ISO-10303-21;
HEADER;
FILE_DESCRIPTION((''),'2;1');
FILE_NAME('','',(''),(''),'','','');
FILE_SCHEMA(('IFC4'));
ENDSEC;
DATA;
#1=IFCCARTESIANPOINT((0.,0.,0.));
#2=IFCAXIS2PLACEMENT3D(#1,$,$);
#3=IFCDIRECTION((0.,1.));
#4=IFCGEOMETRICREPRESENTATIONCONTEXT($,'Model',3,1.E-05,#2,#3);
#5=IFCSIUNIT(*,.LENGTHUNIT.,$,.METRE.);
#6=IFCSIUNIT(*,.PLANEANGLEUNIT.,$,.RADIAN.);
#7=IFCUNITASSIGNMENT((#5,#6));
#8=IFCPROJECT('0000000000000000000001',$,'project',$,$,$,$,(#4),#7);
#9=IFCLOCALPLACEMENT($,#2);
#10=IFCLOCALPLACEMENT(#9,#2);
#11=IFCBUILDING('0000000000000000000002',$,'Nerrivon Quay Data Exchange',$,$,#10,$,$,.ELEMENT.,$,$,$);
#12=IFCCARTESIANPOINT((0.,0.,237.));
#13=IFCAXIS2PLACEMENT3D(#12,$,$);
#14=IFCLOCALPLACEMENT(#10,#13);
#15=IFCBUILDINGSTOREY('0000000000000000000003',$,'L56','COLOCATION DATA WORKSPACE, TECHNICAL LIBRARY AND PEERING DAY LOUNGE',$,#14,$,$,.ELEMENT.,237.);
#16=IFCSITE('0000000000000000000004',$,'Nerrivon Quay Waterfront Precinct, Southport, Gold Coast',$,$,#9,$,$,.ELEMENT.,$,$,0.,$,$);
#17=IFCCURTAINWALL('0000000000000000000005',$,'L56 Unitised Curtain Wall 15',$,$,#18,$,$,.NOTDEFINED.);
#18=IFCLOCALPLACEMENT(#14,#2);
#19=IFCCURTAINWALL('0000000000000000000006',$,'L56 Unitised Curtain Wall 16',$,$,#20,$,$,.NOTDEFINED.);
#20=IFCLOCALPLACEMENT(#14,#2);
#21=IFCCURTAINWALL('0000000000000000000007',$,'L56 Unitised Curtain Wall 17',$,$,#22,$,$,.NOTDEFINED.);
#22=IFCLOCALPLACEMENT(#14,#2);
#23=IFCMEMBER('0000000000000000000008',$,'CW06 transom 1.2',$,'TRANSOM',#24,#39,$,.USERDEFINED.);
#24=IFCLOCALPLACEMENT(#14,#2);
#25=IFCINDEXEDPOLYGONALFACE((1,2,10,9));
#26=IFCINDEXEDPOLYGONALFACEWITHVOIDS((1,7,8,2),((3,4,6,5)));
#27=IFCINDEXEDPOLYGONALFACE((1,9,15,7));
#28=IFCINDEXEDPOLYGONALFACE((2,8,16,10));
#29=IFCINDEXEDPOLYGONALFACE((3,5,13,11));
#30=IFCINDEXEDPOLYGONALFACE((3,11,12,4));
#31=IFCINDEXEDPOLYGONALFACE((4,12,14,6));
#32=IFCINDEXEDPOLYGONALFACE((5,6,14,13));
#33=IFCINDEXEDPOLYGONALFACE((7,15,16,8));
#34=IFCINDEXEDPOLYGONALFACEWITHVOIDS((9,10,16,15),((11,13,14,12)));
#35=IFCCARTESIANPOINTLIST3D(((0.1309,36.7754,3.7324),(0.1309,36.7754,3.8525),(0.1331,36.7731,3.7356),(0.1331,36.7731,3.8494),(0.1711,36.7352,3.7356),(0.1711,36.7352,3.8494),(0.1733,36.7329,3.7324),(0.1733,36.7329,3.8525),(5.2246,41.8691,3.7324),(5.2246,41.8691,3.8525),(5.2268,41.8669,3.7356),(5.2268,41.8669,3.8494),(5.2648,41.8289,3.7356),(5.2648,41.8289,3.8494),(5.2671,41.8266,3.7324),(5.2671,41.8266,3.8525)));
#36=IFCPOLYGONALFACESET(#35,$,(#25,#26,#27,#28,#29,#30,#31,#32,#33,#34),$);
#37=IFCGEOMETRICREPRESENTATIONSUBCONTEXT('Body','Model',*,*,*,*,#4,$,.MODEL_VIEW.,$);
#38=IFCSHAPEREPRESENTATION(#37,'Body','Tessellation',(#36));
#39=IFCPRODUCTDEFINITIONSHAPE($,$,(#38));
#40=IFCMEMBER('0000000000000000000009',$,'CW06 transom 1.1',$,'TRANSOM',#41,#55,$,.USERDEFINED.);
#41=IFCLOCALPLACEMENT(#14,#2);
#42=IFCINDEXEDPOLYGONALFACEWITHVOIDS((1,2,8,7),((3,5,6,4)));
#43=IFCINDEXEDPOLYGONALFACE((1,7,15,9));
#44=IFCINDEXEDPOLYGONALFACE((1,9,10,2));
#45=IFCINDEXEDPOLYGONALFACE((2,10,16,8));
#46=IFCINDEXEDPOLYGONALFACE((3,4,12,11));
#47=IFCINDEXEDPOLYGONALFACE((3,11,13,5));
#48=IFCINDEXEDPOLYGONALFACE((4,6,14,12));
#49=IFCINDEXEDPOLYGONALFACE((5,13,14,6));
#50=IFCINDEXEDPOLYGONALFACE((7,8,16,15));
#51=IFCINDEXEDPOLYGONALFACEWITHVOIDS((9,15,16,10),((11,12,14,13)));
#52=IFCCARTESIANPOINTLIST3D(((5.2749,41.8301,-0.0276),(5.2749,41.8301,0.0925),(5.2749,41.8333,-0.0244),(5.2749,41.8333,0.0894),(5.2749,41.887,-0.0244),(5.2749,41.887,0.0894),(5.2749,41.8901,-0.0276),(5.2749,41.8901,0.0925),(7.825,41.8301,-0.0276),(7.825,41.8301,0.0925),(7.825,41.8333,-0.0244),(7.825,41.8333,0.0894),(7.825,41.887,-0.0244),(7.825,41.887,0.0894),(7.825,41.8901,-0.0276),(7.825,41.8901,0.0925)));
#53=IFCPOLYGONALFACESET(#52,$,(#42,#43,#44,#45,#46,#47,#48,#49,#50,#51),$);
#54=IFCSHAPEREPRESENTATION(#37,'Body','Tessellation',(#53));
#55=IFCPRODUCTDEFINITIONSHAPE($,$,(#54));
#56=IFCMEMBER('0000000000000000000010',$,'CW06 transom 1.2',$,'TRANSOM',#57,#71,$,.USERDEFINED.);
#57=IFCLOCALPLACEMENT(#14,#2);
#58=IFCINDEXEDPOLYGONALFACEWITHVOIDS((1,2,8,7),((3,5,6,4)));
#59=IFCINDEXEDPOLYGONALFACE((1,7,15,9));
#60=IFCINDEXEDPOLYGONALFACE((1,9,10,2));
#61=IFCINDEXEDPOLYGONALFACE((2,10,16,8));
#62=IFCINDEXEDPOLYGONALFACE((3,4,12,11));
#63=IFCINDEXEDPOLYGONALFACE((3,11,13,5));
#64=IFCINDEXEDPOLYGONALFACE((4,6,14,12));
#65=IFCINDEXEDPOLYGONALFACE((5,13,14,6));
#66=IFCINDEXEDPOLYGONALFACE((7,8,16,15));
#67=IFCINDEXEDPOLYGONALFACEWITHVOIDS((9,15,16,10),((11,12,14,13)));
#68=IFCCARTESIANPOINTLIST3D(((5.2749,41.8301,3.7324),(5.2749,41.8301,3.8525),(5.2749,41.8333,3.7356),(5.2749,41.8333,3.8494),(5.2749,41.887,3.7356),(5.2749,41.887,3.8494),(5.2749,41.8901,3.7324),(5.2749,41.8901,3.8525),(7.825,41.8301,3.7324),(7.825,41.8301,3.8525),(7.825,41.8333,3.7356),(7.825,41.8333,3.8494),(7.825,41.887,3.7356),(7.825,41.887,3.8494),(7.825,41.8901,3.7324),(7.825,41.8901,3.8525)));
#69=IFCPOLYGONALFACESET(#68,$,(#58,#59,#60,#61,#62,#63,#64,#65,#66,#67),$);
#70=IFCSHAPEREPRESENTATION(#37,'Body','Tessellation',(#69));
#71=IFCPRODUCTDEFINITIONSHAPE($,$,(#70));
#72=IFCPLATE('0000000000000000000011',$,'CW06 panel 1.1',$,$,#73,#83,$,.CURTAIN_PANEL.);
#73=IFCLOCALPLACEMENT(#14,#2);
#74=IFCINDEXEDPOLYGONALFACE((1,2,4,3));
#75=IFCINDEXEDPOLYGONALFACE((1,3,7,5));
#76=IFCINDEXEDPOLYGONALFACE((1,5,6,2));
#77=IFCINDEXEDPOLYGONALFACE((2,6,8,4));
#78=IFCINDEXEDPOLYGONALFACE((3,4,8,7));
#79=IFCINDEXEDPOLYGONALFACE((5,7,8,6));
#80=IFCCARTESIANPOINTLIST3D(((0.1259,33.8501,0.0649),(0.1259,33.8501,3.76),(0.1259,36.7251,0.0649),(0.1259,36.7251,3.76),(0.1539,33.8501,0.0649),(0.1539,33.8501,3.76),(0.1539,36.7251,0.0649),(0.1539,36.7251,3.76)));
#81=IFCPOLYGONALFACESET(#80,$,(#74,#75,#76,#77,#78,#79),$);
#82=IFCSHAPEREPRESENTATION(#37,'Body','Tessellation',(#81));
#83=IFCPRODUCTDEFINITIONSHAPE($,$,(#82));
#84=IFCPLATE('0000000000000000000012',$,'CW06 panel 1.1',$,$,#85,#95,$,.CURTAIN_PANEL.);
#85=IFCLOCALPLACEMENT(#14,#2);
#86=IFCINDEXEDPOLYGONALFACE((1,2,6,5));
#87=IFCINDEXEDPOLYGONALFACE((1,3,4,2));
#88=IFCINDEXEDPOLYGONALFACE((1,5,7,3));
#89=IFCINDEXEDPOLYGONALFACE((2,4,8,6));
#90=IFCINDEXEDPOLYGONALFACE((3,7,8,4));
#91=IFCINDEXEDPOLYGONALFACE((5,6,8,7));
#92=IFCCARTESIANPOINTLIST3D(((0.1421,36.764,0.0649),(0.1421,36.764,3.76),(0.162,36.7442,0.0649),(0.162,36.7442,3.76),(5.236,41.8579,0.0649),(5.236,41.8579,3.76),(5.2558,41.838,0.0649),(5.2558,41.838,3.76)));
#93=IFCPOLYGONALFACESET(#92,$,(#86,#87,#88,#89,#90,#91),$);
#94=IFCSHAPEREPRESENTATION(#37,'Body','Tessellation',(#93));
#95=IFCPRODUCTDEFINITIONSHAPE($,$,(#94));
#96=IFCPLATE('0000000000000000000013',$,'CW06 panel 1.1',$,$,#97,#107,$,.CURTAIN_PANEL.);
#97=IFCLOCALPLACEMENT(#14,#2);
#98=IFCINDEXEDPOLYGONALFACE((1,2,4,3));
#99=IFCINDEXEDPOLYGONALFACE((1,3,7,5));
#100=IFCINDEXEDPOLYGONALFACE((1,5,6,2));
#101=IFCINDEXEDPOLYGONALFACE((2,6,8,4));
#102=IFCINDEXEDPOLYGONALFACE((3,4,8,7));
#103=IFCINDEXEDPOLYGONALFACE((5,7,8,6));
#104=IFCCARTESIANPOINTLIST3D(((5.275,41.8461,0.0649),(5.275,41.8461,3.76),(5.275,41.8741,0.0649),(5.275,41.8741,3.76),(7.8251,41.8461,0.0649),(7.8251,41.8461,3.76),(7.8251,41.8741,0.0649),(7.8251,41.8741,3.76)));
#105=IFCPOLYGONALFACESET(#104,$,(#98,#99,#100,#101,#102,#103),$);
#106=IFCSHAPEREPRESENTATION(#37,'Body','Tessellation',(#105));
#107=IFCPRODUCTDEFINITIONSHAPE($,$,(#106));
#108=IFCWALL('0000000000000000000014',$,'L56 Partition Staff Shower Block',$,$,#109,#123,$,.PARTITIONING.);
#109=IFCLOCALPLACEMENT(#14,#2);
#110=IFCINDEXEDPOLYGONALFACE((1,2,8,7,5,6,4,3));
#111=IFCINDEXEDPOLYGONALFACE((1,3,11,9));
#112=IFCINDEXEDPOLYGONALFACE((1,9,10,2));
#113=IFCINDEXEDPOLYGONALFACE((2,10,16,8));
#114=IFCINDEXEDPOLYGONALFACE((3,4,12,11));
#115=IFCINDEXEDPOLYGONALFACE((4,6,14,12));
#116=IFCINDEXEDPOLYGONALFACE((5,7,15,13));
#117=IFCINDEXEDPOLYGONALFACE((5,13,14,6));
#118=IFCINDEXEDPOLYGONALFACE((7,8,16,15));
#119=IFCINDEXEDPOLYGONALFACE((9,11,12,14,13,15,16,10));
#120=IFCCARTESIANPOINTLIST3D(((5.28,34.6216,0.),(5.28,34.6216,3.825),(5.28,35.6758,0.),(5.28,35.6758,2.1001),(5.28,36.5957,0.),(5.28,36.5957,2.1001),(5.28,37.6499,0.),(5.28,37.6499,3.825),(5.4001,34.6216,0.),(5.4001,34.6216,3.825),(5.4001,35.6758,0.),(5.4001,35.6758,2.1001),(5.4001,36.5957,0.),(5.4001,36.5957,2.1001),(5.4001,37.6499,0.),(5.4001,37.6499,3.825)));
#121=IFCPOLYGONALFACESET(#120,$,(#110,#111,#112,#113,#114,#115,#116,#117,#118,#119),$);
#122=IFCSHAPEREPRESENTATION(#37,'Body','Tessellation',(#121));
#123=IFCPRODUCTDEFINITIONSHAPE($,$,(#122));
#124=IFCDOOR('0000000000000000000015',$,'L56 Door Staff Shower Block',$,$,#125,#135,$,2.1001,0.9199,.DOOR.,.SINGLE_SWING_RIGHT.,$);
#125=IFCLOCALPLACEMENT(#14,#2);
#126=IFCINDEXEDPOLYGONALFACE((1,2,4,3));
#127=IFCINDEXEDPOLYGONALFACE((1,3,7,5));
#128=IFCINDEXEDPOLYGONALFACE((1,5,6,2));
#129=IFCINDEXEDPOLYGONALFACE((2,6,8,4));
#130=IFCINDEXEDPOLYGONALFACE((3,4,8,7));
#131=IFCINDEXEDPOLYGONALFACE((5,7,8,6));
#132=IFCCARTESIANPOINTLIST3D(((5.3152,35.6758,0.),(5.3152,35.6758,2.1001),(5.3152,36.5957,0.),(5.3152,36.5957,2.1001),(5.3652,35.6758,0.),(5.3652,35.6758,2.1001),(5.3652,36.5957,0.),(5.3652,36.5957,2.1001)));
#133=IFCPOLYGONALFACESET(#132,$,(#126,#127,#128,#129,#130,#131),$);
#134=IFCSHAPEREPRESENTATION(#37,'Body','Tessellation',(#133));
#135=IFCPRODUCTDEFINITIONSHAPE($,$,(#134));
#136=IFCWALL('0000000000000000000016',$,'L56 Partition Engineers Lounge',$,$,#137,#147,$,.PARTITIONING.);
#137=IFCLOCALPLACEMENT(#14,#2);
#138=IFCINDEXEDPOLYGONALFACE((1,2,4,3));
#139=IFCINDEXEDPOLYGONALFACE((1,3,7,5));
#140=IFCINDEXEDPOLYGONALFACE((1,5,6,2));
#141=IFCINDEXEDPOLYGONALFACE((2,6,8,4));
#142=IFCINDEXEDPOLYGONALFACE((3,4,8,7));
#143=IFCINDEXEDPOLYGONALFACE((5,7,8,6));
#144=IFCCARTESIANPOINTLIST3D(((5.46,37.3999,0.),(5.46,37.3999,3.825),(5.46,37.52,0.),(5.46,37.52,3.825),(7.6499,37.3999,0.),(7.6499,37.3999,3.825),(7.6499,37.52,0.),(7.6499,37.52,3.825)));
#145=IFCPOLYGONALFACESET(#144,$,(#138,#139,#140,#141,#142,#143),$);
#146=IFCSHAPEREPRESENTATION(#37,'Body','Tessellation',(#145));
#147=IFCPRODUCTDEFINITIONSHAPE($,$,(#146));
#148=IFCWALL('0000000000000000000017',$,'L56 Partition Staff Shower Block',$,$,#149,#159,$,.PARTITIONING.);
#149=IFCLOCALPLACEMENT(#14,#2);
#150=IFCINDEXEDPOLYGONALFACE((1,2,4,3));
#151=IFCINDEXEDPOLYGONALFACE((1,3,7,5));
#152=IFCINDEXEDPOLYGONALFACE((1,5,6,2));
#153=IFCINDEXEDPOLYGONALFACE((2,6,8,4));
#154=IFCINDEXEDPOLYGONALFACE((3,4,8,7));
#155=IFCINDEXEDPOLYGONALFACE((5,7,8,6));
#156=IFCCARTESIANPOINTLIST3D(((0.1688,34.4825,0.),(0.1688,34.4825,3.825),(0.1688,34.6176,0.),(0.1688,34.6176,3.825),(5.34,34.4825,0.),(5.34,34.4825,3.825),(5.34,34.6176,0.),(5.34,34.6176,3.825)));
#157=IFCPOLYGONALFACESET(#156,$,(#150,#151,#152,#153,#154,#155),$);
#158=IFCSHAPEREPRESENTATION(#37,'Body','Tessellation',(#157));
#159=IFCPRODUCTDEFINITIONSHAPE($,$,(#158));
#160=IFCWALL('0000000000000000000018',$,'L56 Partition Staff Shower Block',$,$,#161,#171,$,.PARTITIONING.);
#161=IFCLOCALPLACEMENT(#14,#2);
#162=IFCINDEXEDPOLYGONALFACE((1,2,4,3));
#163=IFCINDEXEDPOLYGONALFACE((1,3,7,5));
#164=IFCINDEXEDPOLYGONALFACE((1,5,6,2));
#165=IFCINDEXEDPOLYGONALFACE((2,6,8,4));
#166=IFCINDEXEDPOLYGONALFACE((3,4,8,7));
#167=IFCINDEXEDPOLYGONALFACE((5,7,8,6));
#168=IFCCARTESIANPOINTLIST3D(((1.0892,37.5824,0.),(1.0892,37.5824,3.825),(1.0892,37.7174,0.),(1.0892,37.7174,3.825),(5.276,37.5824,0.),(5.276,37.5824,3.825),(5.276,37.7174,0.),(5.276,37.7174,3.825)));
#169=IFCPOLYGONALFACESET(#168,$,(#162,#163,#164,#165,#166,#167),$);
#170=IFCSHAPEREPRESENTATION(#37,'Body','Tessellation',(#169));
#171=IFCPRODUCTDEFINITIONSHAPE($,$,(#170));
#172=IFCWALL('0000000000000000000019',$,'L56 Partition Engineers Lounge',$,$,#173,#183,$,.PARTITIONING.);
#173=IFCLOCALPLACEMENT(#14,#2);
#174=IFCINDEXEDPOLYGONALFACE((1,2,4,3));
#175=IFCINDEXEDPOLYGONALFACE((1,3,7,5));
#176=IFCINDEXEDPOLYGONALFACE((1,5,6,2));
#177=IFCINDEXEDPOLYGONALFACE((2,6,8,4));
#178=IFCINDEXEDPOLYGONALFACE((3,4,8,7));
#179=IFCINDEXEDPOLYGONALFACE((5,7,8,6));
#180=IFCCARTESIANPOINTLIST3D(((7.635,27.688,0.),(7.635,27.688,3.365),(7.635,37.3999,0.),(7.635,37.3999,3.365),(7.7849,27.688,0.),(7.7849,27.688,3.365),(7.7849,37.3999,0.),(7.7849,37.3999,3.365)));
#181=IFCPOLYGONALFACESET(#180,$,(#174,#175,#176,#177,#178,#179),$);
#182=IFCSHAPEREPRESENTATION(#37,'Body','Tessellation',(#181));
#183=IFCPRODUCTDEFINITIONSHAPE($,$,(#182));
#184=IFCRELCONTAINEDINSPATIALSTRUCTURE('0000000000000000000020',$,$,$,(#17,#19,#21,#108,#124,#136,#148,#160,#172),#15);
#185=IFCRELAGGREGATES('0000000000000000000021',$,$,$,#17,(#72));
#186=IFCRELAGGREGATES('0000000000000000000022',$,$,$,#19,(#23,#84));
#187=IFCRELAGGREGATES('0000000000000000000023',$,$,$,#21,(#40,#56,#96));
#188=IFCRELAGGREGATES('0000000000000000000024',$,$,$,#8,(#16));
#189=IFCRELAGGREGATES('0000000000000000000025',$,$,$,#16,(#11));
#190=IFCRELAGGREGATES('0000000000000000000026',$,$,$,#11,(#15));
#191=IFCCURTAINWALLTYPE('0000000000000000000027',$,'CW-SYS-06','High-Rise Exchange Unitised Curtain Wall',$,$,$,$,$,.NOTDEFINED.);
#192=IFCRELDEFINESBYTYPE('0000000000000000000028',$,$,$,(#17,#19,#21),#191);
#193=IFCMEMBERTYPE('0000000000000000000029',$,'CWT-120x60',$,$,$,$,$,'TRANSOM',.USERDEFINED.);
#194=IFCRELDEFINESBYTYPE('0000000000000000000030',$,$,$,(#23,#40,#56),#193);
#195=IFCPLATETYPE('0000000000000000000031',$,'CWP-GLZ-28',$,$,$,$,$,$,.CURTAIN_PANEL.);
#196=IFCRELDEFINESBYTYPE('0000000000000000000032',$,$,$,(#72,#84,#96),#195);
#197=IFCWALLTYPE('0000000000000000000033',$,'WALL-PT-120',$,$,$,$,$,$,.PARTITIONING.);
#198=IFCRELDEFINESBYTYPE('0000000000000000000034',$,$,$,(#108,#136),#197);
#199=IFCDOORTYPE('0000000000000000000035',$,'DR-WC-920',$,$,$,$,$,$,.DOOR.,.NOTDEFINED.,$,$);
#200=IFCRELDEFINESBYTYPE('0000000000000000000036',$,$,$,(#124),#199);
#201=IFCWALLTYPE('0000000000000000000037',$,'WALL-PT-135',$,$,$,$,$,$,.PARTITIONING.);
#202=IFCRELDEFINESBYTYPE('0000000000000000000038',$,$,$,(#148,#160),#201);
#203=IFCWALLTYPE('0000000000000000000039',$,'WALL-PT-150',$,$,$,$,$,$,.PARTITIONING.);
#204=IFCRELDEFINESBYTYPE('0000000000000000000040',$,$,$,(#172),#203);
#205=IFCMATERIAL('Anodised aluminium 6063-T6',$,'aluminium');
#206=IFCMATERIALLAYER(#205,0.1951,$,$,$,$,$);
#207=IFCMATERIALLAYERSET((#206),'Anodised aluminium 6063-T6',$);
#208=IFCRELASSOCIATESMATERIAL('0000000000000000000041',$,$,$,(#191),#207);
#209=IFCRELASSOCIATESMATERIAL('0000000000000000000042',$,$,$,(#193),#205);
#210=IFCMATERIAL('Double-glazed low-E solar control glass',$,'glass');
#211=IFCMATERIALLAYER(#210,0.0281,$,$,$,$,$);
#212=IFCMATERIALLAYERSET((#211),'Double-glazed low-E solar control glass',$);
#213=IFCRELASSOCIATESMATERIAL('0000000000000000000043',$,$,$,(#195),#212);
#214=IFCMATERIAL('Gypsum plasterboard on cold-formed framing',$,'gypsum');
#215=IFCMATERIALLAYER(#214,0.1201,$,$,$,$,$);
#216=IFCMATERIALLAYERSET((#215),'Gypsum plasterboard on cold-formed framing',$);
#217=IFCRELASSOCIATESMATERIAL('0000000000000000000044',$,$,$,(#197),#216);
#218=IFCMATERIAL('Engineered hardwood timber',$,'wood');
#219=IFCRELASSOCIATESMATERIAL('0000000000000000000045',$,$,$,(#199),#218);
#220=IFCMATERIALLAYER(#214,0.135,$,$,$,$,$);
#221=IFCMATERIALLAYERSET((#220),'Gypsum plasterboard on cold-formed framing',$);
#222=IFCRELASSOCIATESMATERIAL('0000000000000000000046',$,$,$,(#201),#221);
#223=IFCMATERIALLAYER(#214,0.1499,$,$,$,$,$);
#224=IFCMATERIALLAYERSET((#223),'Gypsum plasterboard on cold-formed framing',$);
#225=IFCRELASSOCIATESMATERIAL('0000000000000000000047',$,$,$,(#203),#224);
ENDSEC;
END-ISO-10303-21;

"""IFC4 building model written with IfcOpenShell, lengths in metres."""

from ifc_helpers import new_model, si_unit, direction, frame, frame_2d, origin, origin_2d, place, context, subcontext, project, spatial, rectangle, hollow_rectangle, extrude, material, layer, layer_set, material_profile, profile_set, type_object, element, fill, aggregate, save


model = new_model("IFC4")

# Units and contexts
model_context = context("Model", 3, precision=1e-05, world=origin(), true_north=direction((0.0, 1.0)))
body_context = subcontext(model_context, "Body", "Model", "MODEL_VIEW")
ifc_project = project(units=[si_unit("LENGTHUNIT", "METRE"), si_unit("PLANEANGLEUNIT", "RADIAN")], contexts=[model_context])

# Site, building, storey
site_placement = place(None, origin())
site = spatial("IfcSite", under=ifc_project, at=site_placement, Name="Nerrivon Quay Waterfront Precinct, Southport, Gold Coast", CompositionType="ELEMENT", RefElevation=0.0)
building_placement = place(site_placement, origin())
building = spatial("IfcBuilding", under=site, at=building_placement, Name="Nerrivon Quay Data Exchange", CompositionType="ELEMENT")
storey_placement = place(building_placement, frame((0.0, 0.0, 237.0)))
storey = spatial("IfcBuildingStorey", under=building, at=storey_placement, Name="L56", Description="COLOCATION DATA WORKSPACE, TECHNICAL LIBRARY AND PEERING DAY LOUNGE", CompositionType="ELEMENT", Elevation=237.0)

# Curtain wall
ifc_material_1 = material(Name="Anodised aluminium 6063-T6", Category="aluminium")
ifc_layer_1 = layer(ifc_material_1, 0.1951)
ifc_layer_set_1 = layer_set([ifc_layer_1], Name="Anodised aluminium 6063-T6")
curtain_wall_type = type_object("IfcCurtainWallType", Name="CW-SYS-06", Description="High-Rise Exchange Unitised Curtain Wall", PredefinedType="NOTDEFINED", material=ifc_layer_set_1)
curtain_wall_1_placement = place(storey_placement, origin())
curtain_wall_1 = element("IfcCurtainWall", 1, at=curtain_wall_1_placement, inside=storey, type_object=curtain_wall_type, Name="L56 Unitised Curtain Wall 15", PredefinedType="NOTDEFINED")

# Curtain walls
curtain_wall_2_placement = place(storey_placement, origin())
curtain_wall_2 = element("IfcCurtainWall", 2, at=curtain_wall_2_placement, inside=storey, type_object=curtain_wall_type, Name="L56 Unitised Curtain Wall 16", PredefinedType="NOTDEFINED")
curtain_wall_3_placement = place(storey_placement, origin())
curtain_wall_3 = element("IfcCurtainWall", 3, at=curtain_wall_3_placement, inside=storey, type_object=curtain_wall_type, Name="L56 Unitised Curtain Wall 17", PredefinedType="NOTDEFINED")

# Members
ifc_material_profile_1 = material_profile(ifc_material_1, hollow_rectangle(XDim=0.0601, YDim=0.1201, WallThickness=0.0032, at=origin_2d()), Name="ALU-TRAN-120x60")
ifc_profile_set_1 = profile_set([ifc_material_profile_1], Name="Anodised aluminium 6063-T6")
member_type_1 = type_object("IfcMemberType", Name="CWT-120x60", ElementType="TRANSOM", PredefinedType="USERDEFINED", material=ifc_profile_set_1)
member_1_placement = place(storey_placement, frame((0.1521, 36.7542, 3.7925), z_axis=(0.707107, 0.707107, 0.0), x_axis=(-0.707107, 0.707107, 0.0)))
member_1 = element("IfcMember", 4, at=member_1_placement, type_object=member_type_1, Name="CW06 transom 1.2", ObjectType="TRANSOM", PredefinedType="USERDEFINED", context=body_context, shape_type="SweptSolid", body=[
    extrude(hollow_rectangle(XDim=0.0601, YDim=0.1201, WallThickness=0.0032, at=origin_2d()), origin(), (0.0, 0.0, 1.0), 7.2036),
])
member_2_placement = place(storey_placement, frame((5.2749, 41.8601, 0.0325), z_axis=(1.0, 0.0, 0.0), x_axis=(0.0, 1.0, 0.0)))
member_2 = element("IfcMember", 5, at=member_2_placement, type_object=member_type_1, Name="CW06 transom 1.1", ObjectType="TRANSOM", PredefinedType="USERDEFINED", context=body_context, shape_type="SweptSolid", body=[
    extrude(hollow_rectangle(XDim=0.0601, YDim=0.1201, WallThickness=0.0032, at=origin_2d()), origin(), (0.0, 0.0, 1.0), 2.55),
])
member_3_placement = place(storey_placement, frame((5.2749, 41.8601, 3.7925), z_axis=(1.0, 0.0, 0.0), x_axis=(0.0, 1.0, 0.0)))
member_3 = element("IfcMember", 6, at=member_3_placement, type_object=member_type_1, Name="CW06 transom 1.2", ObjectType="TRANSOM", PredefinedType="USERDEFINED", context=body_context, shape_type="SweptSolid", body=[
    extrude(hollow_rectangle(XDim=0.0601, YDim=0.1201, WallThickness=0.0032, at=origin_2d()), origin(), (0.0, 0.0, 1.0), 2.55),
])

# Plates
ifc_material_2 = material(Name="Double-glazed low-E solar control glass", Category="glass")
ifc_layer_2 = layer(ifc_material_2, 0.0281)
ifc_layer_set_2 = layer_set([ifc_layer_2], Name="Double-glazed low-E solar control glass")
plate_type = type_object("IfcPlateType", Name="CWP-GLZ-28", PredefinedType="CURTAIN_PANEL", material=ifc_layer_set_2)
plate_1_placement = place(storey_placement, frame((0.1399, 35.2876, 0.0649), z_axis=(0.0, 0.0, 1.0), x_axis=(0.0, 1.0, 0.0)))
plate_1 = element("IfcPlate", 7, at=plate_1_placement, type_object=plate_type, Name="CW06 panel 1.1", PredefinedType="CURTAIN_PANEL", context=body_context, shape_type="SweptSolid", body=[
    extrude(rectangle(XDim=2.875, YDim=0.0281, at=origin_2d()), origin(), (0.0, 0.0, 1.0), 3.6951),
])
aggregate(curtain_wall_1, [plate_1])
plate_2_placement = place(storey_placement, frame((2.699, 39.301, 0.0649), z_axis=(0.0, 0.0, 1.0), x_axis=(0.707107, 0.707107, 0.0)))
plate_2 = element("IfcPlate", 8, at=plate_2_placement, type_object=plate_type, Name="CW06 panel 1.1", PredefinedType="CURTAIN_PANEL", context=body_context, shape_type="SweptSolid", body=[
    extrude(rectangle(XDim=7.2039, YDim=0.0281, at=origin_2d()), origin(), (0.0, 0.0, 1.0), 3.6951),
])
aggregate(curtain_wall_2, [member_1, plate_2])
plate_3_placement = place(storey_placement, frame((6.55, 41.8601, 0.0649), z_axis=(0.0, 0.0, 1.0), x_axis=(1.0, 0.0, 0.0)))
plate_3 = element("IfcPlate", 9, at=plate_3_placement, type_object=plate_type, Name="CW06 panel 1.1", PredefinedType="CURTAIN_PANEL", context=body_context, shape_type="SweptSolid", body=[
    extrude(rectangle(XDim=2.55, YDim=0.0281, at=origin_2d()), origin(), (0.0, 0.0, 1.0), 3.6951),
])
aggregate(curtain_wall_3, [member_2, member_3, plate_3])

# Wall, opening, door
ifc_material_3 = material(Name="Gypsum plasterboard on cold-formed framing", Category="gypsum")
ifc_layer_3 = layer(ifc_material_3, 0.1201)
ifc_layer_set_3 = layer_set([ifc_layer_3], Name="Gypsum plasterboard on cold-formed framing")
wall_type_1 = type_object("IfcWallType", Name="WALL-PT-120", PredefinedType="PARTITIONING", material=ifc_layer_set_3)
wall_1_placement = place(storey_placement, frame((5.3401, 34.6216, 0.0), z_axis=(0.0, 0.0, 1.0), x_axis=(0.0, 1.0, 0.0)))
wall_1 = element("IfcWall", 10, at=wall_1_placement, inside=storey, type_object=wall_type_1, Name="L56 Partition Staff Shower Block", PredefinedType="PARTITIONING", context=body_context, shape_type="SweptSolid", body=[
    extrude(rectangle(XDim=3.0283, YDim=0.1201, at=frame_2d((1.5142, 0.0))), origin(), (0.0, 0.0, 1.0), 3.825),
])
opening_placement = place(wall_1_placement, frame((1.0542, 0.0, 0.0)))
opening = element("IfcOpeningElement", 11, at=opening_placement, cuts=wall_1, PredefinedType="OPENING", context=body_context, shape_type="SweptSolid", body=[
    extrude(rectangle(XDim=0.9199, YDim=2.1001, at=frame_2d((0.46, 1.05))), frame((0.0, 0.0701, 0.0), z_axis=(0.0, -1.0, 0.0), x_axis=(1.0, 0.0, 0.0)), (0.0, 0.0, 1.0), 0.1401),
])
ifc_material_4 = material(Name="Engineered hardwood timber", Category="wood")
door_type = type_object("IfcDoorType", Name="DR-WC-920", OperationType="NOTDEFINED", PredefinedType="DOOR", material=ifc_material_4)
door_placement = place(opening_placement, origin())
door = element("IfcDoor", 12, at=door_placement, inside=storey, type_object=door_type, Name="L56 Door Staff Shower Block", OperationType="SINGLE_SWING_RIGHT", OverallHeight=2.1001, OverallWidth=0.9199, PredefinedType="DOOR", context=body_context, shape_type="SweptSolid", body=[
    extrude(rectangle(XDim=0.9199, YDim=2.1001, at=frame_2d((0.46, 1.05))), frame((0.0, 0.0249, 0.0), z_axis=(0.0, -1.0, 0.0), x_axis=(1.0, 0.0, 0.0)), (0.0, 0.0, 1.0), 0.05),
])
fill(opening, door)

# Walls
wall_2_placement = place(storey_placement, frame((5.46, 37.46, 0.0), z_axis=(0.0, 0.0, 1.0), x_axis=(1.0, 0.0, 0.0)))
element("IfcWall", 13, at=wall_2_placement, inside=storey, type_object=wall_type_1, Name="L56 Partition Engineers Lounge", PredefinedType="PARTITIONING", context=body_context, shape_type="SweptSolid", body=[
    extrude(rectangle(XDim=2.1899, YDim=0.1201, at=frame_2d((1.095, 0.0))), origin(), (0.0, 0.0, 1.0), 3.825),
])
ifc_layer_4 = layer(ifc_material_3, 0.135)
ifc_layer_set_4 = layer_set([ifc_layer_4], Name="Gypsum plasterboard on cold-formed framing")
wall_type_2 = type_object("IfcWallType", Name="WALL-PT-135", PredefinedType="PARTITIONING", material=ifc_layer_set_4)
wall_3_placement = place(storey_placement, frame((0.1689, 34.55, 0.0), z_axis=(0.0, 0.0, 1.0), x_axis=(1.0, 0.0, 0.0)))
element("IfcWall", 14, at=wall_3_placement, inside=storey, type_object=wall_type_2, Name="L56 Partition Staff Shower Block", PredefinedType="PARTITIONING", context=body_context, shape_type="SweptSolid", body=[
    extrude(rectangle(XDim=5.1711, YDim=0.135, at=frame_2d((2.5854, 0.0))), origin(), (0.0, 0.0, 1.0), 3.825),
])
wall_4_placement = place(storey_placement, frame((5.2759, 37.6499, 0.0), z_axis=(0.0, 0.0, 1.0), x_axis=(-1.0, 0.0, 0.0)))
element("IfcWall", 15, at=wall_4_placement, inside=storey, type_object=wall_type_2, Name="L56 Partition Staff Shower Block", PredefinedType="PARTITIONING", context=body_context, shape_type="SweptSolid", body=[
    extrude(rectangle(XDim=4.1868, YDim=0.135, at=frame_2d((2.0933, 0.0))), origin(), (0.0, 0.0, 1.0), 3.825),
])
ifc_layer_5 = layer(ifc_material_3, 0.1499)
ifc_layer_set_5 = layer_set([ifc_layer_5], Name="Gypsum plasterboard on cold-formed framing")
wall_type_3 = type_object("IfcWallType", Name="WALL-PT-150", PredefinedType="PARTITIONING", material=ifc_layer_set_5)
wall_5_placement = place(storey_placement, frame((7.71, 37.3999, 0.0), z_axis=(0.0, 0.0, 1.0), x_axis=(0.0, -1.0, 0.0)))
element("IfcWall", 16, at=wall_5_placement, inside=storey, type_object=wall_type_3, Name="L56 Partition Engineers Lounge", PredefinedType="PARTITIONING", context=body_context, shape_type="SweptSolid", body=[
    extrude(rectangle(XDim=9.7119, YDim=0.1499, at=frame_2d((4.856, 0.0))), origin(), (0.0, 0.0, 1.0), 3.365),
])

save(model, "model.ifc")
